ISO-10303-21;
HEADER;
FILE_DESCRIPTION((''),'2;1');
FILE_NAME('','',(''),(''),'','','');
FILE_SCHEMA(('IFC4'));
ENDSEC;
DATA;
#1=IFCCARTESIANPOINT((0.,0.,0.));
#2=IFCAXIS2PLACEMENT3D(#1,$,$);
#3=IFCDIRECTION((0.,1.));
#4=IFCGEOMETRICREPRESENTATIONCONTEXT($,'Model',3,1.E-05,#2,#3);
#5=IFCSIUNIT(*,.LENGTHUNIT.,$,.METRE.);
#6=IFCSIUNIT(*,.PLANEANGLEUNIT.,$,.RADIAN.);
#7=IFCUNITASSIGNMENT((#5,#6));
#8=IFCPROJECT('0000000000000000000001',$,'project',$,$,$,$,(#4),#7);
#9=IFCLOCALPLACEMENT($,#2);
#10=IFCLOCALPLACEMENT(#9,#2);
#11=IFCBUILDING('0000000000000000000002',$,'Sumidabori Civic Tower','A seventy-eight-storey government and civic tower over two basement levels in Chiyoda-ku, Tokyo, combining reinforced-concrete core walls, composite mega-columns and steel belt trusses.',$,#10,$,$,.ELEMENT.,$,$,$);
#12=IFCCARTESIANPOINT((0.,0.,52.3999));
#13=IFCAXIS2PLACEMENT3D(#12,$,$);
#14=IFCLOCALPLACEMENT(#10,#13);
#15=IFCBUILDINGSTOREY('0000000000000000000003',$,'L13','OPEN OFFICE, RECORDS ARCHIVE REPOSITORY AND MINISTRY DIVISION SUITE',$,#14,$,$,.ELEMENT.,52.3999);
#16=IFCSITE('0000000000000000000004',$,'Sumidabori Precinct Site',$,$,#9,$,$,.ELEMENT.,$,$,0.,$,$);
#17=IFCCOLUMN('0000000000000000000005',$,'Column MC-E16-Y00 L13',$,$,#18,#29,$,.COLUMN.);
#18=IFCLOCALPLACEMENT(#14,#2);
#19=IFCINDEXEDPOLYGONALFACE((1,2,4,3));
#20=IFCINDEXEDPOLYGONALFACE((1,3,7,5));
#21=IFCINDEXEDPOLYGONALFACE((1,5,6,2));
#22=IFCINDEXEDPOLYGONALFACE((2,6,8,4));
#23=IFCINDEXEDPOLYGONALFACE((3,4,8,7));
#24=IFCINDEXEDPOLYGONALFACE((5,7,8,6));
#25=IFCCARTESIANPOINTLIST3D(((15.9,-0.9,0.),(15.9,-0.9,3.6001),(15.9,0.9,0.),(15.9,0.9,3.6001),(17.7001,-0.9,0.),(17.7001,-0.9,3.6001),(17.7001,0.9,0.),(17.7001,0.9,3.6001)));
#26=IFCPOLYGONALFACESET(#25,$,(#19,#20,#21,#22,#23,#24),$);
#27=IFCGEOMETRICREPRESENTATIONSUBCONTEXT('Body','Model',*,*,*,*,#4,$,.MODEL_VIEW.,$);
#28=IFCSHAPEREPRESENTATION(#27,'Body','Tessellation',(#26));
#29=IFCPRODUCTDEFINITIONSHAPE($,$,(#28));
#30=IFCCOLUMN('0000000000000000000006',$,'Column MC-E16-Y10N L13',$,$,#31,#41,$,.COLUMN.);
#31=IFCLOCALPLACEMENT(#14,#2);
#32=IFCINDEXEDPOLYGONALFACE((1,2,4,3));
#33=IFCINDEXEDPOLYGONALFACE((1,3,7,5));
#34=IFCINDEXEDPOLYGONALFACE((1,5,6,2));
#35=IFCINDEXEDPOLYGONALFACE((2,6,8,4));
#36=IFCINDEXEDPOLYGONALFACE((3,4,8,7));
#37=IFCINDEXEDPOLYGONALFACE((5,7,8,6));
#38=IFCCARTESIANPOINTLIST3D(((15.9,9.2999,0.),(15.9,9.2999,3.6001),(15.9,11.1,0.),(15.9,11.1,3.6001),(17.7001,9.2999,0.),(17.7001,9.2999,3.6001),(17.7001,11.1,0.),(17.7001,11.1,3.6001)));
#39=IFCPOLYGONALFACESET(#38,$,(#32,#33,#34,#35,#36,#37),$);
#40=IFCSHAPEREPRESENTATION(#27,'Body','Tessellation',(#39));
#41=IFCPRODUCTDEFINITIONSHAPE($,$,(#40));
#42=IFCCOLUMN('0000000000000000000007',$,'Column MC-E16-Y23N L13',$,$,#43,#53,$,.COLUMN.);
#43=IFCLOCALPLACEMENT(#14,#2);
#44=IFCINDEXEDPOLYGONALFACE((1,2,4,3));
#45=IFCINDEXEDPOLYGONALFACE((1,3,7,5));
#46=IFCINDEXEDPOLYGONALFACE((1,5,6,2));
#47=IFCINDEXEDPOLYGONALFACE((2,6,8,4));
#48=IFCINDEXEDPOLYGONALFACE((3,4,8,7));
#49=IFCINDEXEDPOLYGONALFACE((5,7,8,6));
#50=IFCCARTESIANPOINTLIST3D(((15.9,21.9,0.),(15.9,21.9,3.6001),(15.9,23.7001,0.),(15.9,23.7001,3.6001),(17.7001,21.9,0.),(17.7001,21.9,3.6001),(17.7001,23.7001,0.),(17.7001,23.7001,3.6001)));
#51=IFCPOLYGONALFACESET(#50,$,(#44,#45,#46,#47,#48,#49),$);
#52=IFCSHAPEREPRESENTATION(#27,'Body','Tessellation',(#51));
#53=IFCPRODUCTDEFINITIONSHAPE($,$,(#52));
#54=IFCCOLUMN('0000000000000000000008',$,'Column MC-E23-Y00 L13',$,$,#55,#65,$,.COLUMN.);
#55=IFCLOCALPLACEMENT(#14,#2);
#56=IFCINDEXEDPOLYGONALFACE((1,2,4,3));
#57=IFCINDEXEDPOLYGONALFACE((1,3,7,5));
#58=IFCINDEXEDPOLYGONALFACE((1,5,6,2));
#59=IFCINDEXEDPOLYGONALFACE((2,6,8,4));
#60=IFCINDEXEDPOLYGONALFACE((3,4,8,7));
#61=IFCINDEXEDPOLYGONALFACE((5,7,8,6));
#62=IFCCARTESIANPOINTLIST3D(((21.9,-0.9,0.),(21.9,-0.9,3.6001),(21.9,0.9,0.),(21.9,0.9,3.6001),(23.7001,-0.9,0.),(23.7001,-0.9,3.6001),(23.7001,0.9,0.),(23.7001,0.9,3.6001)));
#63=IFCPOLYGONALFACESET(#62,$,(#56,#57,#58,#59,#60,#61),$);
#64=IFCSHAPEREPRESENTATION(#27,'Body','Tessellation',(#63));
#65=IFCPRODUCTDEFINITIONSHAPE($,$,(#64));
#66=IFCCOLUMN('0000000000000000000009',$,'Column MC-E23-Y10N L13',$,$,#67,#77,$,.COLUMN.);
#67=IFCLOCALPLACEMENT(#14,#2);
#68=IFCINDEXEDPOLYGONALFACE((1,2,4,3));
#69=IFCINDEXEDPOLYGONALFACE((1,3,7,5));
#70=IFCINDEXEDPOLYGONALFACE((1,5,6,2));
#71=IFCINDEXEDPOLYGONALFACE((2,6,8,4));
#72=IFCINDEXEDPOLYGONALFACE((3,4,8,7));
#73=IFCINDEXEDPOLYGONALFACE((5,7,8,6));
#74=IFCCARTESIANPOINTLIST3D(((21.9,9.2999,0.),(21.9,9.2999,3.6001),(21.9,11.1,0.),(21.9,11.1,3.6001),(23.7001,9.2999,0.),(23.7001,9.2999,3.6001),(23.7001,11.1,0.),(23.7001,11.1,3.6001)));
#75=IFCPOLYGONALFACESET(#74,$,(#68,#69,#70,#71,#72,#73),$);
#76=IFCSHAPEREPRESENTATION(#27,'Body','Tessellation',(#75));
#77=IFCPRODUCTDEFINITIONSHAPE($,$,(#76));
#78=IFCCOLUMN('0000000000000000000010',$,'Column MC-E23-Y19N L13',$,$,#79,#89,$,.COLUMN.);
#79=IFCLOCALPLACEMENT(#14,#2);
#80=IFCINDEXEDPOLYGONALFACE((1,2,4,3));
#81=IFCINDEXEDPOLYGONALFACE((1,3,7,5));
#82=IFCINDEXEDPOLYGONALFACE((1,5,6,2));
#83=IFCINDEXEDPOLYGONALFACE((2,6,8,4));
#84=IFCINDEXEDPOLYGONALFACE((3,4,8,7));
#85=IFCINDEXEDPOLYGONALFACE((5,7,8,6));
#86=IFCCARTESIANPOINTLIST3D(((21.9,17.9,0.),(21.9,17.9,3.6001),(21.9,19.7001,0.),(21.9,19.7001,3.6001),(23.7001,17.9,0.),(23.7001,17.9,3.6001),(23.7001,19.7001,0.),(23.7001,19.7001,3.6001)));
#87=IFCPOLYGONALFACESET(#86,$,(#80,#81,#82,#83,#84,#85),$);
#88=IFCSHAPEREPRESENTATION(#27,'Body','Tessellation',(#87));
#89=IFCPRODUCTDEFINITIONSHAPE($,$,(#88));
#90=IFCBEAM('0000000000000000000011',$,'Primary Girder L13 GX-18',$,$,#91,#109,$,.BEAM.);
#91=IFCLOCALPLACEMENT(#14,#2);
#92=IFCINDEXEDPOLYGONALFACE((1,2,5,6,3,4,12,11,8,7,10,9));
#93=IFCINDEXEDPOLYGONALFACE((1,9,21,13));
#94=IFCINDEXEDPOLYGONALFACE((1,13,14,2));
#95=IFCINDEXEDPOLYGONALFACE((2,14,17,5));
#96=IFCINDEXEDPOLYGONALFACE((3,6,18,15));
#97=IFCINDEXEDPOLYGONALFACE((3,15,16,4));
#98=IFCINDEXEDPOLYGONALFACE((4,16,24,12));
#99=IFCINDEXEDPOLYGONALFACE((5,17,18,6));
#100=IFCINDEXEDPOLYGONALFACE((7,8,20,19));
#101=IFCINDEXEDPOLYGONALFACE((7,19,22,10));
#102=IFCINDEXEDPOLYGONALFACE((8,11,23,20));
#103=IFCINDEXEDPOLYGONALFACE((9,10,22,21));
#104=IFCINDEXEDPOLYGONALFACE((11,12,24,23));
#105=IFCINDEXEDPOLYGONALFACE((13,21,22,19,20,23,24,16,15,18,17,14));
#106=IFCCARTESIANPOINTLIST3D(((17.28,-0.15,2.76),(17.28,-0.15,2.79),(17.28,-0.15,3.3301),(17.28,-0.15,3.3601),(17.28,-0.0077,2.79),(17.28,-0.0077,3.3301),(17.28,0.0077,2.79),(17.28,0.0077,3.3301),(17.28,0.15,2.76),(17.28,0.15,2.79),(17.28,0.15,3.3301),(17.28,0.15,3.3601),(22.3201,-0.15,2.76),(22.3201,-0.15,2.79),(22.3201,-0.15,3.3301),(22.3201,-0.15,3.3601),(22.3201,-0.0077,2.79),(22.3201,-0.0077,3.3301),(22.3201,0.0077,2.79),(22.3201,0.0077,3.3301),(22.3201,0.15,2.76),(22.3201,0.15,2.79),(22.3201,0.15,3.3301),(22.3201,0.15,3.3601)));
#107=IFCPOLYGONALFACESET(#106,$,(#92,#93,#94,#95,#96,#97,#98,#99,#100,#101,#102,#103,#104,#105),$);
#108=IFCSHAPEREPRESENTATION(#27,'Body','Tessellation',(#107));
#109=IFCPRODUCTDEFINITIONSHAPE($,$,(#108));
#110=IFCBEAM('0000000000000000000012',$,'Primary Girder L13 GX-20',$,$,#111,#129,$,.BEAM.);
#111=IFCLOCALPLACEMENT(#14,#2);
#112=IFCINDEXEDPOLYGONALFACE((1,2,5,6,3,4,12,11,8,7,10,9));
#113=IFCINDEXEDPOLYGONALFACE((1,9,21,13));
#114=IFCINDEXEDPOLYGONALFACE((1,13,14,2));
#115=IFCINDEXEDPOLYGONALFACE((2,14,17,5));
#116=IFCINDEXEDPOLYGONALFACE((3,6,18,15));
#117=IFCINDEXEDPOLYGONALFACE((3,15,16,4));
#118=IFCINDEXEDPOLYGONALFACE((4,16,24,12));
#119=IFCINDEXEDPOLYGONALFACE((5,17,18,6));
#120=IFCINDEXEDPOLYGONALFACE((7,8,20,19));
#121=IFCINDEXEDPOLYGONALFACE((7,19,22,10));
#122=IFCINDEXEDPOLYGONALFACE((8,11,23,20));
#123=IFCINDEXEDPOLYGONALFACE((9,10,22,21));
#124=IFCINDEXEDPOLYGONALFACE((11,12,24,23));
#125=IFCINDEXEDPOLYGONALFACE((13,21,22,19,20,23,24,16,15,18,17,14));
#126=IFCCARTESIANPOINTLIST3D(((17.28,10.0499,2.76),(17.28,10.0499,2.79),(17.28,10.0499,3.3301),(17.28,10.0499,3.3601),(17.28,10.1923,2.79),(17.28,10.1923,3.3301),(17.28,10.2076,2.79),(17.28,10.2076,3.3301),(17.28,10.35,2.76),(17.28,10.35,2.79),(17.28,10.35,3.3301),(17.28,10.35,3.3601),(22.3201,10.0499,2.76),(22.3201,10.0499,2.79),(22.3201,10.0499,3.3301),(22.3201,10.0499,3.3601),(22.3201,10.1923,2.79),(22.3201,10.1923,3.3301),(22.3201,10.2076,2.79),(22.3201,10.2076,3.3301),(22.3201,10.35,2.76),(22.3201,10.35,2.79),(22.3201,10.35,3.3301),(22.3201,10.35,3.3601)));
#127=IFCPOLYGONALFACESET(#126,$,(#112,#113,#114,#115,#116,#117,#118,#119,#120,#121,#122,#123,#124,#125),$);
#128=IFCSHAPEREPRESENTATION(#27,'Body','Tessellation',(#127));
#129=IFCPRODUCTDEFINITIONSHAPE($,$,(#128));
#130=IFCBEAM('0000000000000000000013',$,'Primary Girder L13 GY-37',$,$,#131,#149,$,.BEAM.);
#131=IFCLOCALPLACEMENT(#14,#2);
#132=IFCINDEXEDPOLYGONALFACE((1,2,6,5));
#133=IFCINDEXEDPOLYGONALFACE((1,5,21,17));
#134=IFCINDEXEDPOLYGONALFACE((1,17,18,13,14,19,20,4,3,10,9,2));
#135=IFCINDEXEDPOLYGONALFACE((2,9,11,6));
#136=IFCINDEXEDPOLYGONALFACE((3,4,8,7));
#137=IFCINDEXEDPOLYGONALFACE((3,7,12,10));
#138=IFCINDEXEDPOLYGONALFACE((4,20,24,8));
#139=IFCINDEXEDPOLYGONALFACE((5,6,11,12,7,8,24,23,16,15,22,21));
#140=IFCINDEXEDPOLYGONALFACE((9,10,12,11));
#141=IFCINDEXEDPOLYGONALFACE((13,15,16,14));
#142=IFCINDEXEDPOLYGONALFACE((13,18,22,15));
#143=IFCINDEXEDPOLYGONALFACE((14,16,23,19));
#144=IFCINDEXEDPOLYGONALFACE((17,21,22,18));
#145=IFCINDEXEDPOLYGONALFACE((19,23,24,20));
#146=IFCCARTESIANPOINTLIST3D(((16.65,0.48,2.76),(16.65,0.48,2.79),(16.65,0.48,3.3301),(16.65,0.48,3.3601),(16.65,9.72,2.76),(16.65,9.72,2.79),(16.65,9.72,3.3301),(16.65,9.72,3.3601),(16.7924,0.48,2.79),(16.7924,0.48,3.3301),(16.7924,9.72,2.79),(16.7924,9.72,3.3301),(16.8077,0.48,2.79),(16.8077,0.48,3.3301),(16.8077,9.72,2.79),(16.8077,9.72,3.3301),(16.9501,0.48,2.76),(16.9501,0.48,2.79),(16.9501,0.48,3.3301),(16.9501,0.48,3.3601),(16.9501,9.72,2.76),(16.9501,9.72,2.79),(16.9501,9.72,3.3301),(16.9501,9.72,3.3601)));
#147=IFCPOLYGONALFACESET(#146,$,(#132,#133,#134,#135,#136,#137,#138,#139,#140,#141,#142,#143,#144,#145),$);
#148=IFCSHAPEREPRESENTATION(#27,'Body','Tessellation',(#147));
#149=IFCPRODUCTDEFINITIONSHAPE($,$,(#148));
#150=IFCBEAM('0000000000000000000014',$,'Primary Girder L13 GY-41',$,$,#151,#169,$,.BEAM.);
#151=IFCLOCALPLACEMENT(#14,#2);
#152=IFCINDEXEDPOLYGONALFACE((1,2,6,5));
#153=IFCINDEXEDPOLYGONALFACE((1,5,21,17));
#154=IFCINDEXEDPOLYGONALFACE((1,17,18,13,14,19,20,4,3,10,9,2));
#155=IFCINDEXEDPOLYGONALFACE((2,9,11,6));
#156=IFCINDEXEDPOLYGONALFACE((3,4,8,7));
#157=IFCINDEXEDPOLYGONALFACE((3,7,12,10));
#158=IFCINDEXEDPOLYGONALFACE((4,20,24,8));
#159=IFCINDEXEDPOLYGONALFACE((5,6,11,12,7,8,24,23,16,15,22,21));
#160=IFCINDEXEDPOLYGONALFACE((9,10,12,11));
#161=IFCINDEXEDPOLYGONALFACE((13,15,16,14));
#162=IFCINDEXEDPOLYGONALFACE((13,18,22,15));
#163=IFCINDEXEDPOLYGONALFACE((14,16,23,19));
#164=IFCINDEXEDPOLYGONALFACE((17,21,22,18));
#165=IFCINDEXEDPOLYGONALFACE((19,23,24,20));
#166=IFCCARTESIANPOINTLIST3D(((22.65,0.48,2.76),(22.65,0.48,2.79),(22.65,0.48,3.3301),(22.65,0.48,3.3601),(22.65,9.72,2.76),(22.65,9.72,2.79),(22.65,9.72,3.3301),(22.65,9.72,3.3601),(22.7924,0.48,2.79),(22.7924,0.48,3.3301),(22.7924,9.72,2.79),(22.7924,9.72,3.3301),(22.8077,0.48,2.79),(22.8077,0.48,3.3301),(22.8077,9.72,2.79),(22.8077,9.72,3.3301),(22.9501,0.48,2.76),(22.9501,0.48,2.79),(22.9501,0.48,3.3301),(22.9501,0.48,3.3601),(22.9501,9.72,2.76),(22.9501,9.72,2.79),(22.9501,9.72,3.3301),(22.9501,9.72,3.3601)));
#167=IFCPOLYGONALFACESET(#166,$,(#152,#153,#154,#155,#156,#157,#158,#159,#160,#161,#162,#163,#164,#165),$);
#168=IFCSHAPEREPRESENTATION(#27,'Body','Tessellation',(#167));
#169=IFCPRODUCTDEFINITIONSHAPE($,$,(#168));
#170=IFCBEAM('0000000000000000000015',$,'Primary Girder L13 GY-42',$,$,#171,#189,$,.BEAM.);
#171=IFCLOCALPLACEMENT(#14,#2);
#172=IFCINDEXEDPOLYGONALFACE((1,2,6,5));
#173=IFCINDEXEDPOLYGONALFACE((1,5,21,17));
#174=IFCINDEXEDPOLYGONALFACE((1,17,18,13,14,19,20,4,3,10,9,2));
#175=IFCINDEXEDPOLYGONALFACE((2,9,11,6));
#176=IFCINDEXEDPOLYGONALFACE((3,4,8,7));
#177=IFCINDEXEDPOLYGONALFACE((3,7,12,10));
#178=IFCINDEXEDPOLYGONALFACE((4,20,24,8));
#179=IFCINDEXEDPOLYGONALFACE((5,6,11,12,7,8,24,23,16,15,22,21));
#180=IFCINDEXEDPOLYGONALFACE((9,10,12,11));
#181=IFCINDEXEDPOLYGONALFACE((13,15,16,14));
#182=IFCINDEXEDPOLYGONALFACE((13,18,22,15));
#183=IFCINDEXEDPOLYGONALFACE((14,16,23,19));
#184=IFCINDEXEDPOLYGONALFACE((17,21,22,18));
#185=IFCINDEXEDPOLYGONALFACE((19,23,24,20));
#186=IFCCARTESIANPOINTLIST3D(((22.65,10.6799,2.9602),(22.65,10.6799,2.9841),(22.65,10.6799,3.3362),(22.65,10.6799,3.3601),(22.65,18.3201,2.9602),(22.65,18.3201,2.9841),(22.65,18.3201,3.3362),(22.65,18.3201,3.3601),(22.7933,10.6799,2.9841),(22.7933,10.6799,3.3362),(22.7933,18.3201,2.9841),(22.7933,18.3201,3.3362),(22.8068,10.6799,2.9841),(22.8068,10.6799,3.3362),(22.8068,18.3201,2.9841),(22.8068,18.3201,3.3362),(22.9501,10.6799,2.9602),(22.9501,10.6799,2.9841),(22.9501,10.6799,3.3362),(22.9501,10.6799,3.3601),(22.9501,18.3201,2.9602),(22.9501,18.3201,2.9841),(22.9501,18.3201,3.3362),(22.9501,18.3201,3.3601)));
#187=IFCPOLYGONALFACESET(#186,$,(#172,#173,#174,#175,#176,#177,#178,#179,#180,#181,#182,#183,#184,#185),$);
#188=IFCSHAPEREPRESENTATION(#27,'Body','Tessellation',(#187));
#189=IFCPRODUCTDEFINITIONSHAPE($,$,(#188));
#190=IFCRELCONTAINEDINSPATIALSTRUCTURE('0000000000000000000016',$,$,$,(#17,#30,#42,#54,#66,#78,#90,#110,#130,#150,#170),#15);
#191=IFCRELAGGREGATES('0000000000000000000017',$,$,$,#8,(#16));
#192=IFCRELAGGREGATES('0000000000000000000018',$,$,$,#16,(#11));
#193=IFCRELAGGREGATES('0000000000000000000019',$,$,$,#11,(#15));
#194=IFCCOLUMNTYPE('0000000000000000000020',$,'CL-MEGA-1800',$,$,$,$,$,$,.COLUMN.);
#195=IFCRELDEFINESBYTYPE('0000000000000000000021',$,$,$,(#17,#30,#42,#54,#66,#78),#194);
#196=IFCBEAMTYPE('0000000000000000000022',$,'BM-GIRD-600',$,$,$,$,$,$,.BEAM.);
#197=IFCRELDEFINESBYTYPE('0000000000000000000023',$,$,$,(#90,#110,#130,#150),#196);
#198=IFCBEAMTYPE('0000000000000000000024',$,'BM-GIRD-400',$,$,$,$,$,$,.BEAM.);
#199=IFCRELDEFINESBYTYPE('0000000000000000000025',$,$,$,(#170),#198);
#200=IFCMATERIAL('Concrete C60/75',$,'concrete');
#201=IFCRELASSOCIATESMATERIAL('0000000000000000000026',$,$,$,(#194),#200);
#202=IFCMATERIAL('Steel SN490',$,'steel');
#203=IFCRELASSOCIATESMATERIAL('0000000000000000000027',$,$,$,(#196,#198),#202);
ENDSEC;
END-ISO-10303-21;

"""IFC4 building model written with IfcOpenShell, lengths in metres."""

from ifc_helpers import new_model, si_unit, direction, frame, origin, origin_2d, place, context, subcontext, project, spatial, rectangle, i_section, extrude, source, transform, mapped, material, material_profile, profile_set, type_object, element, save


model = new_model("IFC4")

# Units and contexts
model_context = context("Model", 3, precision=1e-05, world=origin(), true_north=direction((0.0, 1.0)))
body_context = subcontext(model_context, "Body", "Model", "MODEL_VIEW")
ifc_project = project(units=[si_unit("LENGTHUNIT", "METRE"), si_unit("PLANEANGLEUNIT", "RADIAN")], contexts=[model_context])

# Site, building, storey
site_placement = place(None, origin())
site = spatial("IfcSite", under=ifc_project, at=site_placement, Name="Sumidabori Precinct Site", CompositionType="ELEMENT", RefElevation=0.0)
building_placement = place(site_placement, origin())
building = spatial("IfcBuilding", under=site, at=building_placement, Name="Sumidabori Civic Tower", Description="A seventy-eight-storey government and civic tower over two basement levels in Chiyoda-ku, Tokyo, combining reinforced-concrete core walls, composite mega-columns and steel belt trusses.", CompositionType="ELEMENT")
storey_placement = place(building_placement, frame((0.0, 0.0, 52.3999)))
storey = spatial("IfcBuildingStorey", under=building, at=storey_placement, Name="L13", Description="OPEN OFFICE, RECORDS ARCHIVE REPOSITORY AND MINISTRY DIVISION SUITE", CompositionType="ELEMENT", Elevation=52.3999)

# Columns
ifc_material_1 = material(Name="Concrete C60/75", Category="concrete")
ifc_material_profile_1 = material_profile(ifc_material_1, rectangle(XDim=1.8, YDim=1.8, at=origin_2d()), Name="RC 1800x1800")
ifc_profile_set_1 = profile_set([ifc_material_profile_1], Name="Concrete C60/75")
column_type = type_object("IfcColumnType", Name="CL-MEGA-1800", PredefinedType="COLUMN", material=ifc_profile_set_1)
shared_shape_1 = source(origin(), body_context, "Body", "SweptSolid", [
    extrude(rectangle(XDim=1.8, YDim=1.8, at=origin_2d()), origin(), (0.0, 0.0, 1.0), 3.6001),
])
for number, where, z_axis, x_axis, name in (
    (1, (16.8, 0.0, 0.0), (0.0, 0.0, 1.0), (1.0, 0.0, 0.0), "Column MC-E16-Y00 L13"),
    (2, (16.8, 10.2, 0.0), (0.0, 0.0, 1.0), (1.0, 0.0, 0.0), "Column MC-E16-Y10N L13"),
    (3, (16.8, 22.8, 0.0), (0.0, 0.0, 1.0), (1.0, 0.0, 0.0), "Column MC-E16-Y23N L13"),
    (4, (22.8, 0.0, 0.0), (0.0, 0.0, 1.0), (1.0, 0.0, 0.0), "Column MC-E23-Y00 L13"),
    (5, (22.8, 10.2, 0.0), (0.0, 0.0, 1.0), (1.0, 0.0, 0.0), "Column MC-E23-Y10N L13"),
    (6, (22.8, 18.8, 0.0), (0.0, 0.0, 1.0), (1.0, 0.0, 0.0), "Column MC-E23-Y19N L13"),
):
    element("IfcColumn", number, at=place(storey_placement, frame(where, z_axis=z_axis, x_axis=x_axis)), inside=storey, type_object=column_type, Name=name, PredefinedType="COLUMN", context=body_context, shape_type="MappedRepresentation", body=[
        mapped(shared_shape_1, transform((0.0, 0.0, 0.0), x_axis=(1.0, 0.0, 0.0), y_axis=(0.0, 1.0, 0.0), z_axis=(0.0, 0.0, 1.0), scale=1.0)),
    ])

# Beams
ifc_material_2 = material(Name="Steel SN490", Category="steel")
ifc_material_profile_2 = material_profile(ifc_material_2, i_section(OverallWidth=0.3, OverallDepth=0.6001, WebThickness=0.0154, FlangeThickness=0.03, at=origin_2d()), Name="HE 600 B")
ifc_profile_set_2 = profile_set([ifc_material_profile_2], Name="Steel SN490")
beam_type_1 = type_object("IfcBeamType", Name="BM-GIRD-600", PredefinedType="BEAM", material=ifc_profile_set_2)
shared_shape_2 = source(origin(), body_context, "Body", "SweptSolid", [
    extrude(i_section(OverallWidth=0.3, OverallDepth=0.6001, WebThickness=0.0154, FlangeThickness=0.03, at=origin_2d()), origin(), (0.0, 0.0, 1.0), 5.04),
])
for number, where, z_axis, x_axis, name in (
    (7, (17.28, 0.0, 3.0601), (1.0, 0.0, 0.0), (0.0, 1.0, 0.0), "Primary Girder L13 GX-18"),
    (8, (17.28, 10.2, 3.0601), (1.0, 0.0, 0.0), (0.0, 1.0, 0.0), "Primary Girder L13 GX-20"),
):
    element("IfcBeam", number, at=place(storey_placement, frame(where, z_axis=z_axis, x_axis=x_axis)), inside=storey, type_object=beam_type_1, Name=name, PredefinedType="BEAM", context=body_context, shape_type="MappedRepresentation", body=[
        mapped(shared_shape_2, transform((0.0, 0.0, 0.0), x_axis=(1.0, 0.0, 0.0), y_axis=(0.0, 1.0, 0.0), z_axis=(0.0, 0.0, 1.0), scale=1.0)),
    ])
shared_shape_3 = source(origin(), body_context, "Body", "SweptSolid", [
    extrude(i_section(OverallWidth=0.3, OverallDepth=0.6001, WebThickness=0.0154, FlangeThickness=0.03, at=origin_2d()), origin(), (0.0, 0.0, 1.0), 9.24),
])
for number, where, z_axis, x_axis, name in (
    (9, (16.8, 0.48, 3.0601), (0.0, 1.0, 0.0), (-1.0, 0.0, 0.0), "Primary Girder L13 GY-37"),
    (10, (22.8, 0.48, 3.0601), (0.0, 1.0, 0.0), (-1.0, 0.0, 0.0), "Primary Girder L13 GY-41"),
):
    element("IfcBeam", number, at=place(storey_placement, frame(where, z_axis=z_axis, x_axis=x_axis)), inside=storey, type_object=beam_type_1, Name=name, PredefinedType="BEAM", context=body_context, shape_type="MappedRepresentation", body=[
        mapped(shared_shape_3, transform((0.0, 0.0, 0.0), x_axis=(1.0, 0.0, 0.0), y_axis=(0.0, 1.0, 0.0), z_axis=(0.0, 0.0, 1.0), scale=1.0)),
    ])
ifc_material_profile_3 = material_profile(ifc_material_2, i_section(OverallWidth=0.3, OverallDepth=0.3999, WebThickness=0.0134, FlangeThickness=0.0239, at=origin_2d()), Name="HE 400 B")
ifc_profile_set_3 = profile_set([ifc_material_profile_3], Name="Steel SN490")
beam_type_2 = type_object("IfcBeamType", Name="BM-GIRD-400", PredefinedType="BEAM", material=ifc_profile_set_3)
shared_shape_4 = source(origin(), body_context, "Body", "SweptSolid", [
    extrude(i_section(OverallWidth=0.3, OverallDepth=0.3999, WebThickness=0.0134, FlangeThickness=0.0239, at=origin_2d()), origin(), (0.0, 0.0, 1.0), 7.6401),
])
beam_1_placement = place(storey_placement, frame((22.8, 10.6799, 3.1602), z_axis=(0.0, 1.0, 0.0), x_axis=(-1.0, 0.0, 0.0)))
element("IfcBeam", 11, at=beam_1_placement, inside=storey, type_object=beam_type_2, Name="Primary Girder L13 GY-42", PredefinedType="BEAM", context=body_context, shape_type="MappedRepresentation", body=[
    mapped(shared_shape_4, transform((0.0, 0.0, 0.0), x_axis=(1.0, 0.0, 0.0), y_axis=(0.0, 1.0, 0.0), z_axis=(0.0, 0.0, 1.0), scale=1.0)),
])

save(model, "model.ifc")
